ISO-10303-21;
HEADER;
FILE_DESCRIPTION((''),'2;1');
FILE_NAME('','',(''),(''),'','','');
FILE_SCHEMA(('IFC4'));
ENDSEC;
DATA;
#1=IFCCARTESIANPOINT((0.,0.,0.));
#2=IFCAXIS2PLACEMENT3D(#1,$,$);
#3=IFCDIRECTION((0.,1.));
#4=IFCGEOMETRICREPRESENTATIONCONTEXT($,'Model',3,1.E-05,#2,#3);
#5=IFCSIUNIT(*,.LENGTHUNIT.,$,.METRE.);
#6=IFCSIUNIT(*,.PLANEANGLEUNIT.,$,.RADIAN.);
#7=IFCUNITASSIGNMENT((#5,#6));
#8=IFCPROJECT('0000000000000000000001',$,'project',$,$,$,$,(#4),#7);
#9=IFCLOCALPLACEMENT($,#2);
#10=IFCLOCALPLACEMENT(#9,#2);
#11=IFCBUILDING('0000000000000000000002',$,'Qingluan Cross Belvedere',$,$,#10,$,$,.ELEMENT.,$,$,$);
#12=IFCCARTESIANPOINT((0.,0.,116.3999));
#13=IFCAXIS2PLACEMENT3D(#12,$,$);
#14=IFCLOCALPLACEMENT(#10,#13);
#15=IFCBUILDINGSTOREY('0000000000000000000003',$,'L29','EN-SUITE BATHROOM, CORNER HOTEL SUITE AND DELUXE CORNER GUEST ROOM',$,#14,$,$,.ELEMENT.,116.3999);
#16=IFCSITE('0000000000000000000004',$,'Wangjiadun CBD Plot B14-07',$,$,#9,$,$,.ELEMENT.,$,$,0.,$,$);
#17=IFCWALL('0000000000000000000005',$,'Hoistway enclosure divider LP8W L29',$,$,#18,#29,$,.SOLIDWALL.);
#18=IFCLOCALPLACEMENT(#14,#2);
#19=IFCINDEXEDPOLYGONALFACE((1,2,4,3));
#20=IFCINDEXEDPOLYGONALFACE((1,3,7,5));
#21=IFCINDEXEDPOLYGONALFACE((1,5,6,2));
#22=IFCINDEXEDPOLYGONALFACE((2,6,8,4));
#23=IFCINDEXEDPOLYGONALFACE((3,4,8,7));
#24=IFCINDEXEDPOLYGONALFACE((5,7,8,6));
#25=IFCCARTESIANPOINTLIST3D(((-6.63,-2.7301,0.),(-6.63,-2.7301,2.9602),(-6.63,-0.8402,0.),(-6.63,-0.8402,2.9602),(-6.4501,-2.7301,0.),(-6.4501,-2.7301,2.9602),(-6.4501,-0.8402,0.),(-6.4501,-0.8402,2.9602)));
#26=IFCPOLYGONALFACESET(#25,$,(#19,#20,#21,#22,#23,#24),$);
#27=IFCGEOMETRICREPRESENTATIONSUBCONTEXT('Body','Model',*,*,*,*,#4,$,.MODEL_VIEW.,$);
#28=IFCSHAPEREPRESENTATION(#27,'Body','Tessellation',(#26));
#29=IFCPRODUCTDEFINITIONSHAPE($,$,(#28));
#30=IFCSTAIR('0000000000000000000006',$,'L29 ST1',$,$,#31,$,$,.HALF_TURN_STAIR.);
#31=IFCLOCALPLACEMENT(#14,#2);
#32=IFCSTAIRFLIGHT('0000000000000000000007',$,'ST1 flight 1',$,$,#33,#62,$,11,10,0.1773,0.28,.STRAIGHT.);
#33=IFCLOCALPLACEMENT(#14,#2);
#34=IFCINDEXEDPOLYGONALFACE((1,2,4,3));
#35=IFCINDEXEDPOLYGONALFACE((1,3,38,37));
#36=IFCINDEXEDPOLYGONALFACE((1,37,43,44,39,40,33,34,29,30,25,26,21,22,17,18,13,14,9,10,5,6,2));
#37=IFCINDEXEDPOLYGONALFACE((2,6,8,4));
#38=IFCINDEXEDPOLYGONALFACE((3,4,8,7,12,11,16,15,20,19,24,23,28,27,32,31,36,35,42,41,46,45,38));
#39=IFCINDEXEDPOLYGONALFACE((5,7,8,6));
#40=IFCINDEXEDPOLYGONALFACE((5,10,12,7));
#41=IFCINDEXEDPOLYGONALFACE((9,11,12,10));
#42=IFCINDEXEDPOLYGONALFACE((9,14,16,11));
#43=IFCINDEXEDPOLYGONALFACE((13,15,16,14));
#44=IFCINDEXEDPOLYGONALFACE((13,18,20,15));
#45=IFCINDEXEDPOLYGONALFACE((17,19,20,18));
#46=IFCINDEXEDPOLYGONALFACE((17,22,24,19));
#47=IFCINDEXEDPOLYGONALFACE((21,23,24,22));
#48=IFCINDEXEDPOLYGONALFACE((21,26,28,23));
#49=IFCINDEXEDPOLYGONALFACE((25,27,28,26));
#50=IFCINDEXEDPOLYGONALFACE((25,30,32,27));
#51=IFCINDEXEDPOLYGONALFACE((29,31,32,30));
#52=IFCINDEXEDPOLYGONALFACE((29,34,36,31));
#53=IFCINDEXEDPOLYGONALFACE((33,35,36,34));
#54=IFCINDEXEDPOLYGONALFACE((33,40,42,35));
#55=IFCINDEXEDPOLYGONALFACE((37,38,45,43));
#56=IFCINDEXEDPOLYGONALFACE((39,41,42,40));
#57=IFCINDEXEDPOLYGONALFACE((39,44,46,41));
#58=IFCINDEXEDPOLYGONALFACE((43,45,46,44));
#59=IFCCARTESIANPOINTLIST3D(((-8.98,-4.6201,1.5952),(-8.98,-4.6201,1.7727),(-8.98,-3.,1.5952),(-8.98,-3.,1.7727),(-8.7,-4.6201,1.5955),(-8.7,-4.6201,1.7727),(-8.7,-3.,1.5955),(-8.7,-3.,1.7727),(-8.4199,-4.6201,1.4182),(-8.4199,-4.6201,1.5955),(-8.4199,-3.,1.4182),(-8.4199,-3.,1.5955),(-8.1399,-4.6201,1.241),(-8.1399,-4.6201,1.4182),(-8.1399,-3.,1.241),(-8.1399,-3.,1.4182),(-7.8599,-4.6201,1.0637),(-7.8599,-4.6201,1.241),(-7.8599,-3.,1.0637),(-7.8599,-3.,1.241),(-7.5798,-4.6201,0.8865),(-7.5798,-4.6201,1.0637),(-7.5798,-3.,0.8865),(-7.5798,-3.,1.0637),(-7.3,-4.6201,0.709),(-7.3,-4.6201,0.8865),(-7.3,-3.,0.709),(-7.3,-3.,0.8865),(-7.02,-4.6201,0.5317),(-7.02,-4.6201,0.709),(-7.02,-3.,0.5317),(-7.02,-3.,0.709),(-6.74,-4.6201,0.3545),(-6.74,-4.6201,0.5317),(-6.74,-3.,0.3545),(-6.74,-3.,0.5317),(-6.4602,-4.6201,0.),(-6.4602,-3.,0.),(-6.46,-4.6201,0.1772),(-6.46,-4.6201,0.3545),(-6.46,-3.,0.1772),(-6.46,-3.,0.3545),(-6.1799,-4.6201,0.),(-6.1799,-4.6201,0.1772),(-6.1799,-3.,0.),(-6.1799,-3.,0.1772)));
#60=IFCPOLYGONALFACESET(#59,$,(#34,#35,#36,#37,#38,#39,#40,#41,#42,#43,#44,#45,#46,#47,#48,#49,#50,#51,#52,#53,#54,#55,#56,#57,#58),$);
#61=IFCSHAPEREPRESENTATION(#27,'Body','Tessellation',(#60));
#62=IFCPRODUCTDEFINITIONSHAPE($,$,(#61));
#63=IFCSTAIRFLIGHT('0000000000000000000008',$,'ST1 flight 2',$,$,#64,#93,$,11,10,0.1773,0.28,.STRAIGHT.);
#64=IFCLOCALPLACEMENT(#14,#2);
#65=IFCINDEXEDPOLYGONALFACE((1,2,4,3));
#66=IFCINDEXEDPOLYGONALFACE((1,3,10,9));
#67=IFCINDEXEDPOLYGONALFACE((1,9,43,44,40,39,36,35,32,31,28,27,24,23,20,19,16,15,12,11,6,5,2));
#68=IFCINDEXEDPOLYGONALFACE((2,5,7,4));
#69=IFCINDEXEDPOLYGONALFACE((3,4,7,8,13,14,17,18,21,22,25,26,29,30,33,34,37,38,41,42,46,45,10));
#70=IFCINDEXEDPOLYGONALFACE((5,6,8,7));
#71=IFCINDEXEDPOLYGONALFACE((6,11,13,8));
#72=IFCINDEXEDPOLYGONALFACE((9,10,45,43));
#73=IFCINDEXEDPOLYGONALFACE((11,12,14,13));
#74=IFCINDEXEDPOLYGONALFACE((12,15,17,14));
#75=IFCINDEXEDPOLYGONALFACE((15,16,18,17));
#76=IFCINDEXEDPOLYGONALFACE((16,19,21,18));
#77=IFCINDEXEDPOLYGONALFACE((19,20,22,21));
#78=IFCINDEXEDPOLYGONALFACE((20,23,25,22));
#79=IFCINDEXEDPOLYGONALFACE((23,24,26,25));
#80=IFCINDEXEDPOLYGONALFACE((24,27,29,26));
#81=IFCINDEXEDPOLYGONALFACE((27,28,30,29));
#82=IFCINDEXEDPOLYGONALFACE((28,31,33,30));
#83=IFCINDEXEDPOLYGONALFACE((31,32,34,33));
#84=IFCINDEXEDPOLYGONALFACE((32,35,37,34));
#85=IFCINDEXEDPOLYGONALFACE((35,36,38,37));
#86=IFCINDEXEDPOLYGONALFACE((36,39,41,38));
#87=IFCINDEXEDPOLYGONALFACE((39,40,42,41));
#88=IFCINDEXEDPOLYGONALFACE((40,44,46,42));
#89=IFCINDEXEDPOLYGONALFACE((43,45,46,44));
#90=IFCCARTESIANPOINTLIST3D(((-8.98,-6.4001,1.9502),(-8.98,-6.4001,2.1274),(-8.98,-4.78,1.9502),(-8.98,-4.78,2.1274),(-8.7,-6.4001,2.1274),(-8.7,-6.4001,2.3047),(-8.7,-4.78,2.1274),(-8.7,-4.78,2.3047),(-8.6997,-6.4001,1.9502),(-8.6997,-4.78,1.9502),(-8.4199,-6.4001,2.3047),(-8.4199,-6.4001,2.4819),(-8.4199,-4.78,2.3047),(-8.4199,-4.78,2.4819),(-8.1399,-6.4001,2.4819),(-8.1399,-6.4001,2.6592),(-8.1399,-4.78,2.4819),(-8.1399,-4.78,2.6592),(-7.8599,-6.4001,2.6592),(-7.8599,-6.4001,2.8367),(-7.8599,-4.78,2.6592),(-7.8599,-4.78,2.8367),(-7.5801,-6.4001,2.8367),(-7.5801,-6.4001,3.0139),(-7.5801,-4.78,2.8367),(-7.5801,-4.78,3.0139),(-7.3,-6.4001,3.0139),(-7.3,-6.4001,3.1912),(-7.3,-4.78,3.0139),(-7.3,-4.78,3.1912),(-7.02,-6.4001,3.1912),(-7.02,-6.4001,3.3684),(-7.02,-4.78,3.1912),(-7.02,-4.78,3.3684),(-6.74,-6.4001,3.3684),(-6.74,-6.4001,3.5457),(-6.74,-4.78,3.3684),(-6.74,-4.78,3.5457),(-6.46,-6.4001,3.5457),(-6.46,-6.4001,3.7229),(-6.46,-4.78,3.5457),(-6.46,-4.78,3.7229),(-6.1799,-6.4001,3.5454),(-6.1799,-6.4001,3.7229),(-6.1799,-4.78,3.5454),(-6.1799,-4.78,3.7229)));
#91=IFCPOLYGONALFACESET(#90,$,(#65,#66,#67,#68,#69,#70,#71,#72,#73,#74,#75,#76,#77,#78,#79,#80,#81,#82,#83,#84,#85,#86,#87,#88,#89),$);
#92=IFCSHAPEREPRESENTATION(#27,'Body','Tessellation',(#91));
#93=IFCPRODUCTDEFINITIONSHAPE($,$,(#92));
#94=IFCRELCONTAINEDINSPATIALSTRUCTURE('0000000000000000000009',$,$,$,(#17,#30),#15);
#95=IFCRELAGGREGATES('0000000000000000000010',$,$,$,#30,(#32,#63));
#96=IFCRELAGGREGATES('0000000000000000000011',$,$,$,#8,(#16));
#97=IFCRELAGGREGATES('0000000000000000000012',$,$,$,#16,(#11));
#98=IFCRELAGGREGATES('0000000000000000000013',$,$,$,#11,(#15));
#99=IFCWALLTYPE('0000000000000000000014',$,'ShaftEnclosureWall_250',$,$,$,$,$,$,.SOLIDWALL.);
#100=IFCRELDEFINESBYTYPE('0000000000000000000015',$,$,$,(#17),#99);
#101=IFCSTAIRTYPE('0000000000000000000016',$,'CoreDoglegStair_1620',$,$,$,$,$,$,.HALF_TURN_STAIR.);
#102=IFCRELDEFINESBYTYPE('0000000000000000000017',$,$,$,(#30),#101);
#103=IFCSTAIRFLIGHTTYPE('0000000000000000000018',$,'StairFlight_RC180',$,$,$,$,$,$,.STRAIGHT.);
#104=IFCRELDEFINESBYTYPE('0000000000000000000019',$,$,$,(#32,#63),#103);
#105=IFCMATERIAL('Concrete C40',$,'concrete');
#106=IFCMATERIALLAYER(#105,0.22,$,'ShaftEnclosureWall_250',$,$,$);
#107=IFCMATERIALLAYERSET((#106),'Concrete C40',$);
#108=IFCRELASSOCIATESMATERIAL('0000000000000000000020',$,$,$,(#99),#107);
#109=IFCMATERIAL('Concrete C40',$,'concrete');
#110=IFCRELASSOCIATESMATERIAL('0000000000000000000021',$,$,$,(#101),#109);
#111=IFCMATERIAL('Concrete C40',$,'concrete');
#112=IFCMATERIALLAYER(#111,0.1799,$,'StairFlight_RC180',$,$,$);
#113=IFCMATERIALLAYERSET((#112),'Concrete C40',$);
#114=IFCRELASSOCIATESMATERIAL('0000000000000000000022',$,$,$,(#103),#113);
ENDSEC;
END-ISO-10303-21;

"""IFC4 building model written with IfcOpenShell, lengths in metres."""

from ifc_helpers import new_model, si_unit, direction, frame, frame_2d, origin, place, context, subcontext, project, spatial, polyline, rectangle, outline, extrude, material, layer, layer_set, type_object, element, aggregate, save


model = new_model("IFC4")

# Units and contexts
model_context = context("Model", 3, precision=1e-05, world=origin(), true_north=direction((0.0, 1.0)))
body_context = subcontext(model_context, "Body", "Model", "MODEL_VIEW")
ifc_project = project(units=[si_unit("LENGTHUNIT", "METRE"), si_unit("PLANEANGLEUNIT", "RADIAN")], contexts=[model_context])

# Site, building, storey
site_placement = place(None, origin())
site = spatial("IfcSite", under=ifc_project, at=site_placement, Name="Wangjiadun CBD Plot B14-07", CompositionType="ELEMENT", RefElevation=0.0)
building_placement = place(site_placement, origin())
building = spatial("IfcBuilding", under=site, at=building_placement, Name="Qingluan Cross Belvedere", CompositionType="ELEMENT")
storey_placement = place(building_placement, frame((0.0, 0.0, 116.3999)))
storey = spatial("IfcBuildingStorey", under=building, at=storey_placement, Name="L29", Description="EN-SUITE BATHROOM, CORNER HOTEL SUITE AND DELUXE CORNER GUEST ROOM", CompositionType="ELEMENT", Elevation=116.3999)

# Wall
ifc_material_1 = material(Name="Concrete C40", Category="concrete")
ifc_layer_1 = layer(ifc_material_1, 0.22, Name="ShaftEnclosureWall_250")
ifc_layer_set_1 = layer_set([ifc_layer_1], Name="Concrete C40")
wall_type_1 = type_object("IfcWallType", Name="ShaftEnclosureWall_250", PredefinedType="SOLIDWALL", material=ifc_layer_set_1)
for number, where, z_axis, x_axis, name in (
    (1, (-6.54, -2.73, 0.0), (0.0, 0.0, 1.0), (0.0, 1.0, 0.0), "Hoistway enclosure divider LP8W L29"),
):
    element("IfcWall", number, at=place(storey_placement, frame(where, z_axis=z_axis, x_axis=x_axis)), inside=storey, type_object=wall_type_1, Name=name, PredefinedType="SOLIDWALL", context=body_context, shape_type="SweptSolid", body=[
        extrude(rectangle(XDim=1.8899, YDim=0.1799, at=frame_2d((0.9448, 0.0))), origin(), (0.0, 0.0, 1.0), 2.9602),
    ])

# Stair, stair flights
ifc_material_2 = material(Name="Concrete C40", Category="concrete")
stair_type = type_object("IfcStairType", Name="CoreDoglegStair_1620", PredefinedType="HALF_TURN_STAIR", material=ifc_material_2)
stair_placement = place(storey_placement, origin())
stair = element("IfcStair", 2, at=stair_placement, inside=storey, type_object=stair_type, Name="L29 ST1", PredefinedType="HALF_TURN_STAIR")
ifc_material_3 = material(Name="Concrete C40", Category="concrete")
ifc_layer_2 = layer(ifc_material_3, 0.1799, Name="StairFlight_RC180")
ifc_layer_set_2 = layer_set([ifc_layer_2], Name="Concrete C40")
stair_flight_type = type_object("IfcStairFlightType", Name="StairFlight_RC180", PredefinedType="STRAIGHT", material=ifc_layer_set_2)
stair_flight_1_placement = place(storey_placement, frame((-6.1799, -3.8101, 0.0), z_axis=(0.0, 0.0, 1.0), x_axis=(-1.0, 0.0, 0.0)))
stair_flight_1 = element("IfcStairFlight", 3, at=stair_flight_1_placement, type_object=stair_flight_type, Name="ST1 flight 1", NumberOfRisers=11, NumberOfTreads=10, PredefinedType="STRAIGHT", RiserHeight=0.1773, TreadLength=0.28, context=body_context, shape_type="SweptSolid", body=[
    extrude(outline(polyline([(0.0, 0.0), (0.0, 0.1772), (0.28, 0.1772), (0.28, 0.3545), (0.5601, 0.3545), (0.5601, 0.5317), (0.8401, 0.5317), (0.8401, 0.709), (1.1201, 0.709), (1.1201, 0.8865), (1.3999, 0.8865), (1.3999, 1.0637), (1.6799, 1.0637), (1.6799, 1.241), (1.96, 1.241), (1.96, 1.4182), (2.24, 1.4182), (2.24, 1.5955), (2.52, 1.5955), (2.52, 1.7727), (2.8, 1.7727), (2.8, 1.95), (2.8, 1.5952), (0.2803, 0.0), (0.0, 0.0)])), frame((0.0, 0.8101, 0.0), z_axis=(0.0, -1.0, 0.0), x_axis=(1.0, 0.0, 0.0)), (0.0, 0.0, 1.0), 1.6201),
])
stair_flight_2_placement = place(storey_placement, frame((-8.98, -5.5901, 1.9502), z_axis=(0.0, 0.0, 1.0), x_axis=(1.0, 0.0, 0.0)))
stair_flight_2 = element("IfcStairFlight", 4, at=stair_flight_2_placement, type_object=stair_flight_type, Name="ST1 flight 2", NumberOfRisers=11, NumberOfTreads=10, PredefinedType="STRAIGHT", RiserHeight=0.1773, TreadLength=0.28, context=body_context, shape_type="SweptSolid", body=[
    extrude(outline(polyline([(0.0, 0.0), (0.0, 0.1772), (0.28, 0.1772), (0.28, 0.3545), (0.5601, 0.3545), (0.5601, 0.5317), (0.8401, 0.5317), (0.8401, 0.709), (1.1201, 0.709), (1.1201, 0.8865), (1.3999, 0.8865), (1.3999, 1.0637), (1.6799, 1.0637), (1.6799, 1.241), (1.96, 1.241), (1.96, 1.4182), (2.24, 1.4182), (2.24, 1.5955), (2.52, 1.5955), (2.52, 1.7727), (2.8, 1.7727), (2.8, 1.95), (2.8, 1.5952), (0.2803, 0.0), (0.0, 0.0)])), frame((0.0, 0.8101, 0.0), z_axis=(0.0, -1.0, 0.0), x_axis=(1.0, 0.0, 0.0)), (0.0, 0.0, 1.0), 1.6201),
])
aggregate(stair, [stair_flight_1, stair_flight_2])

save(model, "model.ifc")
